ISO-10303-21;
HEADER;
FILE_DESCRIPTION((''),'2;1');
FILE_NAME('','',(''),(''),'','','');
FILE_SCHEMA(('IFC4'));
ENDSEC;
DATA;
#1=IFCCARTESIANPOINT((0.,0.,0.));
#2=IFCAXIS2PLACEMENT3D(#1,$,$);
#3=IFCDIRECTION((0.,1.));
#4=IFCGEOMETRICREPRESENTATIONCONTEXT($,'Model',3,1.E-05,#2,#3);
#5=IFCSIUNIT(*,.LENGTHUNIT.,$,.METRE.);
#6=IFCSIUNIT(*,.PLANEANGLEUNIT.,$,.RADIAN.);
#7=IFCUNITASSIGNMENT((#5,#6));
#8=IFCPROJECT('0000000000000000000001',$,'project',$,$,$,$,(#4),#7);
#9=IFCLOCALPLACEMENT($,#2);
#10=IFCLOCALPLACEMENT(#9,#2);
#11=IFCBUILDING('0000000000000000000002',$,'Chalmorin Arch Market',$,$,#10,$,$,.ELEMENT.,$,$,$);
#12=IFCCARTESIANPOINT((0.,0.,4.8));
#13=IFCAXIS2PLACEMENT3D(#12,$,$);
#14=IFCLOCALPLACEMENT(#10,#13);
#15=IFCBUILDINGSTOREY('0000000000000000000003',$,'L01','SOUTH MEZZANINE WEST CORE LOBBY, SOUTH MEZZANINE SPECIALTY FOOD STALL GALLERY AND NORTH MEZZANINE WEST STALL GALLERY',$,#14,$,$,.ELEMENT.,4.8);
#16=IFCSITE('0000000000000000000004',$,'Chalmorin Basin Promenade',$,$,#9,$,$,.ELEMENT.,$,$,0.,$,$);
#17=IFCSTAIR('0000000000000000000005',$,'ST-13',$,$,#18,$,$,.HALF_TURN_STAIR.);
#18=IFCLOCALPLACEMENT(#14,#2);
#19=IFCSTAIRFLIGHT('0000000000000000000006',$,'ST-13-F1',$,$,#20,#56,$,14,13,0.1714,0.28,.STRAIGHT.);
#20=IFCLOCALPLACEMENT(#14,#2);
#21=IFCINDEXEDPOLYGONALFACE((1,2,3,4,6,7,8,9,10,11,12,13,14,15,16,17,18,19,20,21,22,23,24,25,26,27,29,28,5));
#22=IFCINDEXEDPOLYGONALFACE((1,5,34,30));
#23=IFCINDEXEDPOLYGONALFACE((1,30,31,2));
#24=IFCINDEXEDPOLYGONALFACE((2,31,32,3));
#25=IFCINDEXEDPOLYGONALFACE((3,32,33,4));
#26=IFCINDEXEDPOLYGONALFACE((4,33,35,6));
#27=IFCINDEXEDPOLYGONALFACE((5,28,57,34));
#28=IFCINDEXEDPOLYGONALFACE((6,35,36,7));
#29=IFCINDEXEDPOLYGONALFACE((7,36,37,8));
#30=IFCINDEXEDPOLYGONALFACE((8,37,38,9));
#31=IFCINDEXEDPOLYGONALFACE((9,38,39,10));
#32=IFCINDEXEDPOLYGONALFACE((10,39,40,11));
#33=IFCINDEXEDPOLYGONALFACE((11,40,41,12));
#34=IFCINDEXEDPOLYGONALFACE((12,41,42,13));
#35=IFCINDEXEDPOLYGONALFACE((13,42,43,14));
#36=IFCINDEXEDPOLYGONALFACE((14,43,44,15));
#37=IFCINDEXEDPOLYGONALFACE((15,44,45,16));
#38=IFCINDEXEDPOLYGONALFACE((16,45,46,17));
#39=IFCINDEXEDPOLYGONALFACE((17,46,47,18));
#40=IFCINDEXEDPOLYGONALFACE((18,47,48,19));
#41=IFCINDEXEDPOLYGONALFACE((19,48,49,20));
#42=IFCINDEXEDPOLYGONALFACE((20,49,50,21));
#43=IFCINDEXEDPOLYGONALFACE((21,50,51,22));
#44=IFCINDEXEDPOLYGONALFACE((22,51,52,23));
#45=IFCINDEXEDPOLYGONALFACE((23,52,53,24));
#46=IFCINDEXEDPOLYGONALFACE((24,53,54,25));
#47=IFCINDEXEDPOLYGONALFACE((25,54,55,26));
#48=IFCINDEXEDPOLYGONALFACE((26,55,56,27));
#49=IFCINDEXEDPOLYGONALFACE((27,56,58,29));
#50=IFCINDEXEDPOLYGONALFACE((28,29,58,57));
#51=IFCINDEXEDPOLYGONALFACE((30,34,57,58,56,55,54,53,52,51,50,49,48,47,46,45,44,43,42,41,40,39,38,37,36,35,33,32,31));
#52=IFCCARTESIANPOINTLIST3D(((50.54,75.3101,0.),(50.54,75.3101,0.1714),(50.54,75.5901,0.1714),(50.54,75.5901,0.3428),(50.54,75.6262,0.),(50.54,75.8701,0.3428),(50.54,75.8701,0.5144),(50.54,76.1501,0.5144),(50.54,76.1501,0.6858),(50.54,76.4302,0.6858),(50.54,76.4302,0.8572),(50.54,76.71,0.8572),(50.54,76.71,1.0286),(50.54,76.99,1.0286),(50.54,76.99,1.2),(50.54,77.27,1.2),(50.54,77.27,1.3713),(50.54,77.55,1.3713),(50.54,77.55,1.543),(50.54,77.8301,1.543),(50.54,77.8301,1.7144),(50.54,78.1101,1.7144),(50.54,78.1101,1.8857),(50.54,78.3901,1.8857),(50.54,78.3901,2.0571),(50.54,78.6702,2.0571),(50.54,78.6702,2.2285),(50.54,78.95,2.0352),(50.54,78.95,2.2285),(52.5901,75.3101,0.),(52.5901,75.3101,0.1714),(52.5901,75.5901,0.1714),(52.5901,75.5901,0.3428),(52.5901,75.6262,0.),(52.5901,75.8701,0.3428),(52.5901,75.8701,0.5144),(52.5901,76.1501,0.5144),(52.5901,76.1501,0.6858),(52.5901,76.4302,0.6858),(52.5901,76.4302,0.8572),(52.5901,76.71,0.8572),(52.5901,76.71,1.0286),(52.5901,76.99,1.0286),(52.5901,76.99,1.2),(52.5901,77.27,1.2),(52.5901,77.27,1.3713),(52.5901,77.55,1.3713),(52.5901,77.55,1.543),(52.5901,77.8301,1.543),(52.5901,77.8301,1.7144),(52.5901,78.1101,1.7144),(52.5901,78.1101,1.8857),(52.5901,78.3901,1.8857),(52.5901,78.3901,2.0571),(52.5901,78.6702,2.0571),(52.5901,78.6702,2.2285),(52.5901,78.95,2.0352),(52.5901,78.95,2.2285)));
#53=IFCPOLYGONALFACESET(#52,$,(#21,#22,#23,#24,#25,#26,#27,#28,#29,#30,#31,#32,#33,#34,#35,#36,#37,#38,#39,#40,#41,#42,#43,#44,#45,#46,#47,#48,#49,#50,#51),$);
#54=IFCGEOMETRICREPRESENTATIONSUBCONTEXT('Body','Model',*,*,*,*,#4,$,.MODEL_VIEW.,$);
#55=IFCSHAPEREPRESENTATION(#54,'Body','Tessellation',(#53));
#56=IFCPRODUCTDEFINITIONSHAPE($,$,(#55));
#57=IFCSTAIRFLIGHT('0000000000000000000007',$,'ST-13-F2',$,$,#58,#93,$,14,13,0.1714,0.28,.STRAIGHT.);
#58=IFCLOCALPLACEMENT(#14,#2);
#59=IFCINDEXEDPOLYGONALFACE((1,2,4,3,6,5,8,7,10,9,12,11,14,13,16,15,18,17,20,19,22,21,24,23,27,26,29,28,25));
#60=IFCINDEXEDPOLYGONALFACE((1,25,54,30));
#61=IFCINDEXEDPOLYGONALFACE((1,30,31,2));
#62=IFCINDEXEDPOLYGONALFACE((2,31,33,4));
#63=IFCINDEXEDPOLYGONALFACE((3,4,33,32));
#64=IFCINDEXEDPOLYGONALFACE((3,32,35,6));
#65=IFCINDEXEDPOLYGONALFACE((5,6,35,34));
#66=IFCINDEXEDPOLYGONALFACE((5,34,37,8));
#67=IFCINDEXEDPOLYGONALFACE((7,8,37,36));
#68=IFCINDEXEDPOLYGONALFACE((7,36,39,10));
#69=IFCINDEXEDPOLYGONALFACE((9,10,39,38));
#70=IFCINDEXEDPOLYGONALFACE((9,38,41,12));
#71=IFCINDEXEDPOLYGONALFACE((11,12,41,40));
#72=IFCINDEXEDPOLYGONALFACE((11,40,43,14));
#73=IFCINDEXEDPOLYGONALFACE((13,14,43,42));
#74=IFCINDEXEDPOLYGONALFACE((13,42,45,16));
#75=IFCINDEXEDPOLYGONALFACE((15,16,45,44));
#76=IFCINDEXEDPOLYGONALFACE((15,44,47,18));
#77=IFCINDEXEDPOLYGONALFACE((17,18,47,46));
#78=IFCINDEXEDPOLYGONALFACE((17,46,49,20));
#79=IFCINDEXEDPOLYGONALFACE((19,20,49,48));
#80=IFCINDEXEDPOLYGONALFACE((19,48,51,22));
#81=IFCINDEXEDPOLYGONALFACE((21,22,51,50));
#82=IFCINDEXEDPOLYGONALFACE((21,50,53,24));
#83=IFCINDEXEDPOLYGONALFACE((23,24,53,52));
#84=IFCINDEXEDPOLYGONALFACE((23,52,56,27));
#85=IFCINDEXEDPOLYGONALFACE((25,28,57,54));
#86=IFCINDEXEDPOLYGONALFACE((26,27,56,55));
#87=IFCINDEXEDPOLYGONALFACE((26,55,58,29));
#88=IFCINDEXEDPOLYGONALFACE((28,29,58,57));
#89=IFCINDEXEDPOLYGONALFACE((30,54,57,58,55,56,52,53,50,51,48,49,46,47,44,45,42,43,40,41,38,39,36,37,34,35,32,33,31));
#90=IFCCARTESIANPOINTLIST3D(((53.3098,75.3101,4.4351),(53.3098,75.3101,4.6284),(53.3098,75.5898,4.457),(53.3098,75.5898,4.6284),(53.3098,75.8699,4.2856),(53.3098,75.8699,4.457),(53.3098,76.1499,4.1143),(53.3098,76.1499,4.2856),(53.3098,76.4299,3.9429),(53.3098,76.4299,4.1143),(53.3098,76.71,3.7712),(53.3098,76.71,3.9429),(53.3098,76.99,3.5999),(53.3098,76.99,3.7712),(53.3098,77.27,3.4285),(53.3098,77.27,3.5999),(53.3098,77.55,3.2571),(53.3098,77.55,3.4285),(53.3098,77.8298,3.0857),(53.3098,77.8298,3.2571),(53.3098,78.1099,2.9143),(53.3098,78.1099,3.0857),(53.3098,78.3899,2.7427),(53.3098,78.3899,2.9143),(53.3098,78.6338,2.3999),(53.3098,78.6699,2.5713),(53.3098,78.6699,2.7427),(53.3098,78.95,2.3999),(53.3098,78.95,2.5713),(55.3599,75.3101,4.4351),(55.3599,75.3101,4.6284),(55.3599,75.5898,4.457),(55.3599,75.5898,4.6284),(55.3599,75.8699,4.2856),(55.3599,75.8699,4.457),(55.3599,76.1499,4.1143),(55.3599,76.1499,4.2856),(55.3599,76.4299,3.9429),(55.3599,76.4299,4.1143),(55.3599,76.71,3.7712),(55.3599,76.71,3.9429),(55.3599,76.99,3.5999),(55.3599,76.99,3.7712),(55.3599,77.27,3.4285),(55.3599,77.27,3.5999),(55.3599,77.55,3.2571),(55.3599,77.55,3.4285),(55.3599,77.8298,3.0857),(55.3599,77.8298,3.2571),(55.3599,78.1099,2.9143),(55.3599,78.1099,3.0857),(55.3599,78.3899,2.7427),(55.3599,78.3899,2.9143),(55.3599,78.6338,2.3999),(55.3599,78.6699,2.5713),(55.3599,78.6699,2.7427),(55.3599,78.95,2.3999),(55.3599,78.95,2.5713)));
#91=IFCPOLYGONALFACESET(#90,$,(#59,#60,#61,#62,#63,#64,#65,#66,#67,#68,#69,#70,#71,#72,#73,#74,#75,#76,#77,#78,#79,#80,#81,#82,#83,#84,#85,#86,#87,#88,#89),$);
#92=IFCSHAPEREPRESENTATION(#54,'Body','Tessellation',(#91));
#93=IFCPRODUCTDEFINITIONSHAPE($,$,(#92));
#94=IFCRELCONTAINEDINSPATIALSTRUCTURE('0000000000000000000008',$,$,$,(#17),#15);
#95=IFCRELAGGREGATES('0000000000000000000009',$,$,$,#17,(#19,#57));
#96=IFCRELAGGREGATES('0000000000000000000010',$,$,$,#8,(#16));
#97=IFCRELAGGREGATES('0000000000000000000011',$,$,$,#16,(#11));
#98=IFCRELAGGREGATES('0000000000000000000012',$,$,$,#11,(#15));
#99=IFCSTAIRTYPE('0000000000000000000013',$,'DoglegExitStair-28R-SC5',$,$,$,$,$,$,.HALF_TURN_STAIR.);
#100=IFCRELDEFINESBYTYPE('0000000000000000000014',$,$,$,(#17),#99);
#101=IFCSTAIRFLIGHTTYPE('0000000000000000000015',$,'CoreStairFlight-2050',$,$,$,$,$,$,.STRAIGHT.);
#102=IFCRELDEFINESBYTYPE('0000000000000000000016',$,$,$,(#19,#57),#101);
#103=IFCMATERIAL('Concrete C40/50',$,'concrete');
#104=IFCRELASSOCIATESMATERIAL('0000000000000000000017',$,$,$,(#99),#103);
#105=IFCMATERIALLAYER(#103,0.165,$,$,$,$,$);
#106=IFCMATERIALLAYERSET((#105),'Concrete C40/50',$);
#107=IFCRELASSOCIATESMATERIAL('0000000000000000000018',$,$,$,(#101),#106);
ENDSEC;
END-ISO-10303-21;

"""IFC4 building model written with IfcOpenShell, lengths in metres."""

from ifc_helpers import new_model, si_unit, direction, frame, origin, place, context, subcontext, project, spatial, polyline, outline, extrude, material, layer, layer_set, type_object, element, aggregate, save


model = new_model("IFC4")

# Units and contexts
model_context = context("Model", 3, precision=1e-05, world=origin(), true_north=direction((0.0, 1.0)))
body_context = subcontext(model_context, "Body", "Model", "MODEL_VIEW")
ifc_project = project(units=[si_unit("LENGTHUNIT", "METRE"), si_unit("PLANEANGLEUNIT", "RADIAN")], contexts=[model_context])

# Site, building, storey
site_placement = place(None, origin())
site = spatial("IfcSite", under=ifc_project, at=site_placement, Name="Chalmorin Basin Promenade", CompositionType="ELEMENT", RefElevation=0.0)
building_placement = place(site_placement, origin())
building = spatial("IfcBuilding", under=site, at=building_placement, Name="Chalmorin Arch Market", CompositionType="ELEMENT")
storey_placement = place(building_placement, frame((0.0, 0.0, 4.8)))
storey = spatial("IfcBuildingStorey", under=building, at=storey_placement, Name="L01", Description="SOUTH MEZZANINE WEST CORE LOBBY, SOUTH MEZZANINE SPECIALTY FOOD STALL GALLERY AND NORTH MEZZANINE WEST STALL GALLERY", CompositionType="ELEMENT", Elevation=4.8)

# Shared definitions
ifc_material_1 = material(Name="Concrete C40/50", Category="concrete")

# Stair, stair flights
stair_type = type_object("IfcStairType", Name="DoglegExitStair-28R-SC5", PredefinedType="HALF_TURN_STAIR", material=ifc_material_1)
stair_placement = place(storey_placement, origin())
stair = element("IfcStair", 1, at=stair_placement, inside=storey, type_object=stair_type, Name="ST-13", PredefinedType="HALF_TURN_STAIR")
ifc_layer_1 = layer(ifc_material_1, 0.165)
ifc_layer_set_1 = layer_set([ifc_layer_1], Name="Concrete C40/50")
stair_flight_type = type_object("IfcStairFlightType", Name="CoreStairFlight-2050", PredefinedType="STRAIGHT", material=ifc_layer_set_1)
stair_flight_1_placement = place(storey_placement, frame((51.5649, 75.3101, 0.0), z_axis=(0.0, 0.0, 1.0), x_axis=(0.0, 1.0, 0.0)))
stair_flight_1 = element("IfcStairFlight", 2, at=stair_flight_1_placement, type_object=stair_flight_type, Name="ST-13-F1", NumberOfRisers=14, NumberOfTreads=13, PredefinedType="STRAIGHT", RiserHeight=0.1714, TreadLength=0.28, context=body_context, shape_type="SweptSolid", body=[
    extrude(outline(polyline([(0.0, 0.0), (0.0, 0.1714), (0.28, 0.1714), (0.28, 0.3428), (0.5601, 0.3428), (0.5601, 0.5144), (0.8401, 0.5144), (0.8401, 0.6858), (1.1201, 0.6858), (1.1201, 0.8572), (1.3999, 0.8572), (1.3999, 1.0286), (1.6799, 1.0286), (1.6799, 1.2), (1.96, 1.2), (1.96, 1.3713), (2.24, 1.3713), (2.24, 1.543), (2.52, 1.543), (2.52, 1.7144), (2.8, 1.7144), (2.8, 1.8857), (3.0801, 1.8857), (3.0801, 2.0571), (3.3601, 2.0571), (3.3601, 2.2285), (3.6399, 2.2285), (3.6399, 2.3999), (3.6399, 2.0352), (0.3162, 0.0), (0.0, 0.0)])), frame((0.0, 1.0249, 0.0), z_axis=(0.0, -1.0, 0.0), x_axis=(1.0, 0.0, 0.0)), (0.0, 0.0, 1.0), 2.05),
])
stair_flight_2_placement = place(storey_placement, frame((54.335, 78.95, 2.3999), z_axis=(0.0, 0.0, 1.0), x_axis=(0.0, -1.0, 0.0)))
stair_flight_2 = element("IfcStairFlight", 3, at=stair_flight_2_placement, type_object=stair_flight_type, Name="ST-13-F2", NumberOfRisers=14, NumberOfTreads=13, PredefinedType="STRAIGHT", RiserHeight=0.1714, TreadLength=0.28, context=body_context, shape_type="SweptSolid", body=[
    extrude(outline(polyline([(0.0, 0.0), (0.0, 0.1714), (0.28, 0.1714), (0.28, 0.3428), (0.5601, 0.3428), (0.5601, 0.5144), (0.8401, 0.5144), (0.8401, 0.6858), (1.1201, 0.6858), (1.1201, 0.8572), (1.3999, 0.8572), (1.3999, 1.0286), (1.6799, 1.0286), (1.6799, 1.2), (1.96, 1.2), (1.96, 1.3713), (2.24, 1.3713), (2.24, 1.543), (2.52, 1.543), (2.52, 1.7144), (2.8, 1.7144), (2.8, 1.8857), (3.0801, 1.8857), (3.0801, 2.0571), (3.3601, 2.0571), (3.3601, 2.2285), (3.6399, 2.2285), (3.6399, 2.3999), (3.6399, 2.0352), (0.3162, 0.0), (0.0, 0.0)])), frame((0.0, 1.0249, 0.0), z_axis=(0.0, -1.0, 0.0), x_axis=(1.0, 0.0, 0.0)), (0.0, 0.0, 1.0), 2.05),
])
aggregate(stair, [stair_flight_1, stair_flight_2])

save(model, "model.ifc")
